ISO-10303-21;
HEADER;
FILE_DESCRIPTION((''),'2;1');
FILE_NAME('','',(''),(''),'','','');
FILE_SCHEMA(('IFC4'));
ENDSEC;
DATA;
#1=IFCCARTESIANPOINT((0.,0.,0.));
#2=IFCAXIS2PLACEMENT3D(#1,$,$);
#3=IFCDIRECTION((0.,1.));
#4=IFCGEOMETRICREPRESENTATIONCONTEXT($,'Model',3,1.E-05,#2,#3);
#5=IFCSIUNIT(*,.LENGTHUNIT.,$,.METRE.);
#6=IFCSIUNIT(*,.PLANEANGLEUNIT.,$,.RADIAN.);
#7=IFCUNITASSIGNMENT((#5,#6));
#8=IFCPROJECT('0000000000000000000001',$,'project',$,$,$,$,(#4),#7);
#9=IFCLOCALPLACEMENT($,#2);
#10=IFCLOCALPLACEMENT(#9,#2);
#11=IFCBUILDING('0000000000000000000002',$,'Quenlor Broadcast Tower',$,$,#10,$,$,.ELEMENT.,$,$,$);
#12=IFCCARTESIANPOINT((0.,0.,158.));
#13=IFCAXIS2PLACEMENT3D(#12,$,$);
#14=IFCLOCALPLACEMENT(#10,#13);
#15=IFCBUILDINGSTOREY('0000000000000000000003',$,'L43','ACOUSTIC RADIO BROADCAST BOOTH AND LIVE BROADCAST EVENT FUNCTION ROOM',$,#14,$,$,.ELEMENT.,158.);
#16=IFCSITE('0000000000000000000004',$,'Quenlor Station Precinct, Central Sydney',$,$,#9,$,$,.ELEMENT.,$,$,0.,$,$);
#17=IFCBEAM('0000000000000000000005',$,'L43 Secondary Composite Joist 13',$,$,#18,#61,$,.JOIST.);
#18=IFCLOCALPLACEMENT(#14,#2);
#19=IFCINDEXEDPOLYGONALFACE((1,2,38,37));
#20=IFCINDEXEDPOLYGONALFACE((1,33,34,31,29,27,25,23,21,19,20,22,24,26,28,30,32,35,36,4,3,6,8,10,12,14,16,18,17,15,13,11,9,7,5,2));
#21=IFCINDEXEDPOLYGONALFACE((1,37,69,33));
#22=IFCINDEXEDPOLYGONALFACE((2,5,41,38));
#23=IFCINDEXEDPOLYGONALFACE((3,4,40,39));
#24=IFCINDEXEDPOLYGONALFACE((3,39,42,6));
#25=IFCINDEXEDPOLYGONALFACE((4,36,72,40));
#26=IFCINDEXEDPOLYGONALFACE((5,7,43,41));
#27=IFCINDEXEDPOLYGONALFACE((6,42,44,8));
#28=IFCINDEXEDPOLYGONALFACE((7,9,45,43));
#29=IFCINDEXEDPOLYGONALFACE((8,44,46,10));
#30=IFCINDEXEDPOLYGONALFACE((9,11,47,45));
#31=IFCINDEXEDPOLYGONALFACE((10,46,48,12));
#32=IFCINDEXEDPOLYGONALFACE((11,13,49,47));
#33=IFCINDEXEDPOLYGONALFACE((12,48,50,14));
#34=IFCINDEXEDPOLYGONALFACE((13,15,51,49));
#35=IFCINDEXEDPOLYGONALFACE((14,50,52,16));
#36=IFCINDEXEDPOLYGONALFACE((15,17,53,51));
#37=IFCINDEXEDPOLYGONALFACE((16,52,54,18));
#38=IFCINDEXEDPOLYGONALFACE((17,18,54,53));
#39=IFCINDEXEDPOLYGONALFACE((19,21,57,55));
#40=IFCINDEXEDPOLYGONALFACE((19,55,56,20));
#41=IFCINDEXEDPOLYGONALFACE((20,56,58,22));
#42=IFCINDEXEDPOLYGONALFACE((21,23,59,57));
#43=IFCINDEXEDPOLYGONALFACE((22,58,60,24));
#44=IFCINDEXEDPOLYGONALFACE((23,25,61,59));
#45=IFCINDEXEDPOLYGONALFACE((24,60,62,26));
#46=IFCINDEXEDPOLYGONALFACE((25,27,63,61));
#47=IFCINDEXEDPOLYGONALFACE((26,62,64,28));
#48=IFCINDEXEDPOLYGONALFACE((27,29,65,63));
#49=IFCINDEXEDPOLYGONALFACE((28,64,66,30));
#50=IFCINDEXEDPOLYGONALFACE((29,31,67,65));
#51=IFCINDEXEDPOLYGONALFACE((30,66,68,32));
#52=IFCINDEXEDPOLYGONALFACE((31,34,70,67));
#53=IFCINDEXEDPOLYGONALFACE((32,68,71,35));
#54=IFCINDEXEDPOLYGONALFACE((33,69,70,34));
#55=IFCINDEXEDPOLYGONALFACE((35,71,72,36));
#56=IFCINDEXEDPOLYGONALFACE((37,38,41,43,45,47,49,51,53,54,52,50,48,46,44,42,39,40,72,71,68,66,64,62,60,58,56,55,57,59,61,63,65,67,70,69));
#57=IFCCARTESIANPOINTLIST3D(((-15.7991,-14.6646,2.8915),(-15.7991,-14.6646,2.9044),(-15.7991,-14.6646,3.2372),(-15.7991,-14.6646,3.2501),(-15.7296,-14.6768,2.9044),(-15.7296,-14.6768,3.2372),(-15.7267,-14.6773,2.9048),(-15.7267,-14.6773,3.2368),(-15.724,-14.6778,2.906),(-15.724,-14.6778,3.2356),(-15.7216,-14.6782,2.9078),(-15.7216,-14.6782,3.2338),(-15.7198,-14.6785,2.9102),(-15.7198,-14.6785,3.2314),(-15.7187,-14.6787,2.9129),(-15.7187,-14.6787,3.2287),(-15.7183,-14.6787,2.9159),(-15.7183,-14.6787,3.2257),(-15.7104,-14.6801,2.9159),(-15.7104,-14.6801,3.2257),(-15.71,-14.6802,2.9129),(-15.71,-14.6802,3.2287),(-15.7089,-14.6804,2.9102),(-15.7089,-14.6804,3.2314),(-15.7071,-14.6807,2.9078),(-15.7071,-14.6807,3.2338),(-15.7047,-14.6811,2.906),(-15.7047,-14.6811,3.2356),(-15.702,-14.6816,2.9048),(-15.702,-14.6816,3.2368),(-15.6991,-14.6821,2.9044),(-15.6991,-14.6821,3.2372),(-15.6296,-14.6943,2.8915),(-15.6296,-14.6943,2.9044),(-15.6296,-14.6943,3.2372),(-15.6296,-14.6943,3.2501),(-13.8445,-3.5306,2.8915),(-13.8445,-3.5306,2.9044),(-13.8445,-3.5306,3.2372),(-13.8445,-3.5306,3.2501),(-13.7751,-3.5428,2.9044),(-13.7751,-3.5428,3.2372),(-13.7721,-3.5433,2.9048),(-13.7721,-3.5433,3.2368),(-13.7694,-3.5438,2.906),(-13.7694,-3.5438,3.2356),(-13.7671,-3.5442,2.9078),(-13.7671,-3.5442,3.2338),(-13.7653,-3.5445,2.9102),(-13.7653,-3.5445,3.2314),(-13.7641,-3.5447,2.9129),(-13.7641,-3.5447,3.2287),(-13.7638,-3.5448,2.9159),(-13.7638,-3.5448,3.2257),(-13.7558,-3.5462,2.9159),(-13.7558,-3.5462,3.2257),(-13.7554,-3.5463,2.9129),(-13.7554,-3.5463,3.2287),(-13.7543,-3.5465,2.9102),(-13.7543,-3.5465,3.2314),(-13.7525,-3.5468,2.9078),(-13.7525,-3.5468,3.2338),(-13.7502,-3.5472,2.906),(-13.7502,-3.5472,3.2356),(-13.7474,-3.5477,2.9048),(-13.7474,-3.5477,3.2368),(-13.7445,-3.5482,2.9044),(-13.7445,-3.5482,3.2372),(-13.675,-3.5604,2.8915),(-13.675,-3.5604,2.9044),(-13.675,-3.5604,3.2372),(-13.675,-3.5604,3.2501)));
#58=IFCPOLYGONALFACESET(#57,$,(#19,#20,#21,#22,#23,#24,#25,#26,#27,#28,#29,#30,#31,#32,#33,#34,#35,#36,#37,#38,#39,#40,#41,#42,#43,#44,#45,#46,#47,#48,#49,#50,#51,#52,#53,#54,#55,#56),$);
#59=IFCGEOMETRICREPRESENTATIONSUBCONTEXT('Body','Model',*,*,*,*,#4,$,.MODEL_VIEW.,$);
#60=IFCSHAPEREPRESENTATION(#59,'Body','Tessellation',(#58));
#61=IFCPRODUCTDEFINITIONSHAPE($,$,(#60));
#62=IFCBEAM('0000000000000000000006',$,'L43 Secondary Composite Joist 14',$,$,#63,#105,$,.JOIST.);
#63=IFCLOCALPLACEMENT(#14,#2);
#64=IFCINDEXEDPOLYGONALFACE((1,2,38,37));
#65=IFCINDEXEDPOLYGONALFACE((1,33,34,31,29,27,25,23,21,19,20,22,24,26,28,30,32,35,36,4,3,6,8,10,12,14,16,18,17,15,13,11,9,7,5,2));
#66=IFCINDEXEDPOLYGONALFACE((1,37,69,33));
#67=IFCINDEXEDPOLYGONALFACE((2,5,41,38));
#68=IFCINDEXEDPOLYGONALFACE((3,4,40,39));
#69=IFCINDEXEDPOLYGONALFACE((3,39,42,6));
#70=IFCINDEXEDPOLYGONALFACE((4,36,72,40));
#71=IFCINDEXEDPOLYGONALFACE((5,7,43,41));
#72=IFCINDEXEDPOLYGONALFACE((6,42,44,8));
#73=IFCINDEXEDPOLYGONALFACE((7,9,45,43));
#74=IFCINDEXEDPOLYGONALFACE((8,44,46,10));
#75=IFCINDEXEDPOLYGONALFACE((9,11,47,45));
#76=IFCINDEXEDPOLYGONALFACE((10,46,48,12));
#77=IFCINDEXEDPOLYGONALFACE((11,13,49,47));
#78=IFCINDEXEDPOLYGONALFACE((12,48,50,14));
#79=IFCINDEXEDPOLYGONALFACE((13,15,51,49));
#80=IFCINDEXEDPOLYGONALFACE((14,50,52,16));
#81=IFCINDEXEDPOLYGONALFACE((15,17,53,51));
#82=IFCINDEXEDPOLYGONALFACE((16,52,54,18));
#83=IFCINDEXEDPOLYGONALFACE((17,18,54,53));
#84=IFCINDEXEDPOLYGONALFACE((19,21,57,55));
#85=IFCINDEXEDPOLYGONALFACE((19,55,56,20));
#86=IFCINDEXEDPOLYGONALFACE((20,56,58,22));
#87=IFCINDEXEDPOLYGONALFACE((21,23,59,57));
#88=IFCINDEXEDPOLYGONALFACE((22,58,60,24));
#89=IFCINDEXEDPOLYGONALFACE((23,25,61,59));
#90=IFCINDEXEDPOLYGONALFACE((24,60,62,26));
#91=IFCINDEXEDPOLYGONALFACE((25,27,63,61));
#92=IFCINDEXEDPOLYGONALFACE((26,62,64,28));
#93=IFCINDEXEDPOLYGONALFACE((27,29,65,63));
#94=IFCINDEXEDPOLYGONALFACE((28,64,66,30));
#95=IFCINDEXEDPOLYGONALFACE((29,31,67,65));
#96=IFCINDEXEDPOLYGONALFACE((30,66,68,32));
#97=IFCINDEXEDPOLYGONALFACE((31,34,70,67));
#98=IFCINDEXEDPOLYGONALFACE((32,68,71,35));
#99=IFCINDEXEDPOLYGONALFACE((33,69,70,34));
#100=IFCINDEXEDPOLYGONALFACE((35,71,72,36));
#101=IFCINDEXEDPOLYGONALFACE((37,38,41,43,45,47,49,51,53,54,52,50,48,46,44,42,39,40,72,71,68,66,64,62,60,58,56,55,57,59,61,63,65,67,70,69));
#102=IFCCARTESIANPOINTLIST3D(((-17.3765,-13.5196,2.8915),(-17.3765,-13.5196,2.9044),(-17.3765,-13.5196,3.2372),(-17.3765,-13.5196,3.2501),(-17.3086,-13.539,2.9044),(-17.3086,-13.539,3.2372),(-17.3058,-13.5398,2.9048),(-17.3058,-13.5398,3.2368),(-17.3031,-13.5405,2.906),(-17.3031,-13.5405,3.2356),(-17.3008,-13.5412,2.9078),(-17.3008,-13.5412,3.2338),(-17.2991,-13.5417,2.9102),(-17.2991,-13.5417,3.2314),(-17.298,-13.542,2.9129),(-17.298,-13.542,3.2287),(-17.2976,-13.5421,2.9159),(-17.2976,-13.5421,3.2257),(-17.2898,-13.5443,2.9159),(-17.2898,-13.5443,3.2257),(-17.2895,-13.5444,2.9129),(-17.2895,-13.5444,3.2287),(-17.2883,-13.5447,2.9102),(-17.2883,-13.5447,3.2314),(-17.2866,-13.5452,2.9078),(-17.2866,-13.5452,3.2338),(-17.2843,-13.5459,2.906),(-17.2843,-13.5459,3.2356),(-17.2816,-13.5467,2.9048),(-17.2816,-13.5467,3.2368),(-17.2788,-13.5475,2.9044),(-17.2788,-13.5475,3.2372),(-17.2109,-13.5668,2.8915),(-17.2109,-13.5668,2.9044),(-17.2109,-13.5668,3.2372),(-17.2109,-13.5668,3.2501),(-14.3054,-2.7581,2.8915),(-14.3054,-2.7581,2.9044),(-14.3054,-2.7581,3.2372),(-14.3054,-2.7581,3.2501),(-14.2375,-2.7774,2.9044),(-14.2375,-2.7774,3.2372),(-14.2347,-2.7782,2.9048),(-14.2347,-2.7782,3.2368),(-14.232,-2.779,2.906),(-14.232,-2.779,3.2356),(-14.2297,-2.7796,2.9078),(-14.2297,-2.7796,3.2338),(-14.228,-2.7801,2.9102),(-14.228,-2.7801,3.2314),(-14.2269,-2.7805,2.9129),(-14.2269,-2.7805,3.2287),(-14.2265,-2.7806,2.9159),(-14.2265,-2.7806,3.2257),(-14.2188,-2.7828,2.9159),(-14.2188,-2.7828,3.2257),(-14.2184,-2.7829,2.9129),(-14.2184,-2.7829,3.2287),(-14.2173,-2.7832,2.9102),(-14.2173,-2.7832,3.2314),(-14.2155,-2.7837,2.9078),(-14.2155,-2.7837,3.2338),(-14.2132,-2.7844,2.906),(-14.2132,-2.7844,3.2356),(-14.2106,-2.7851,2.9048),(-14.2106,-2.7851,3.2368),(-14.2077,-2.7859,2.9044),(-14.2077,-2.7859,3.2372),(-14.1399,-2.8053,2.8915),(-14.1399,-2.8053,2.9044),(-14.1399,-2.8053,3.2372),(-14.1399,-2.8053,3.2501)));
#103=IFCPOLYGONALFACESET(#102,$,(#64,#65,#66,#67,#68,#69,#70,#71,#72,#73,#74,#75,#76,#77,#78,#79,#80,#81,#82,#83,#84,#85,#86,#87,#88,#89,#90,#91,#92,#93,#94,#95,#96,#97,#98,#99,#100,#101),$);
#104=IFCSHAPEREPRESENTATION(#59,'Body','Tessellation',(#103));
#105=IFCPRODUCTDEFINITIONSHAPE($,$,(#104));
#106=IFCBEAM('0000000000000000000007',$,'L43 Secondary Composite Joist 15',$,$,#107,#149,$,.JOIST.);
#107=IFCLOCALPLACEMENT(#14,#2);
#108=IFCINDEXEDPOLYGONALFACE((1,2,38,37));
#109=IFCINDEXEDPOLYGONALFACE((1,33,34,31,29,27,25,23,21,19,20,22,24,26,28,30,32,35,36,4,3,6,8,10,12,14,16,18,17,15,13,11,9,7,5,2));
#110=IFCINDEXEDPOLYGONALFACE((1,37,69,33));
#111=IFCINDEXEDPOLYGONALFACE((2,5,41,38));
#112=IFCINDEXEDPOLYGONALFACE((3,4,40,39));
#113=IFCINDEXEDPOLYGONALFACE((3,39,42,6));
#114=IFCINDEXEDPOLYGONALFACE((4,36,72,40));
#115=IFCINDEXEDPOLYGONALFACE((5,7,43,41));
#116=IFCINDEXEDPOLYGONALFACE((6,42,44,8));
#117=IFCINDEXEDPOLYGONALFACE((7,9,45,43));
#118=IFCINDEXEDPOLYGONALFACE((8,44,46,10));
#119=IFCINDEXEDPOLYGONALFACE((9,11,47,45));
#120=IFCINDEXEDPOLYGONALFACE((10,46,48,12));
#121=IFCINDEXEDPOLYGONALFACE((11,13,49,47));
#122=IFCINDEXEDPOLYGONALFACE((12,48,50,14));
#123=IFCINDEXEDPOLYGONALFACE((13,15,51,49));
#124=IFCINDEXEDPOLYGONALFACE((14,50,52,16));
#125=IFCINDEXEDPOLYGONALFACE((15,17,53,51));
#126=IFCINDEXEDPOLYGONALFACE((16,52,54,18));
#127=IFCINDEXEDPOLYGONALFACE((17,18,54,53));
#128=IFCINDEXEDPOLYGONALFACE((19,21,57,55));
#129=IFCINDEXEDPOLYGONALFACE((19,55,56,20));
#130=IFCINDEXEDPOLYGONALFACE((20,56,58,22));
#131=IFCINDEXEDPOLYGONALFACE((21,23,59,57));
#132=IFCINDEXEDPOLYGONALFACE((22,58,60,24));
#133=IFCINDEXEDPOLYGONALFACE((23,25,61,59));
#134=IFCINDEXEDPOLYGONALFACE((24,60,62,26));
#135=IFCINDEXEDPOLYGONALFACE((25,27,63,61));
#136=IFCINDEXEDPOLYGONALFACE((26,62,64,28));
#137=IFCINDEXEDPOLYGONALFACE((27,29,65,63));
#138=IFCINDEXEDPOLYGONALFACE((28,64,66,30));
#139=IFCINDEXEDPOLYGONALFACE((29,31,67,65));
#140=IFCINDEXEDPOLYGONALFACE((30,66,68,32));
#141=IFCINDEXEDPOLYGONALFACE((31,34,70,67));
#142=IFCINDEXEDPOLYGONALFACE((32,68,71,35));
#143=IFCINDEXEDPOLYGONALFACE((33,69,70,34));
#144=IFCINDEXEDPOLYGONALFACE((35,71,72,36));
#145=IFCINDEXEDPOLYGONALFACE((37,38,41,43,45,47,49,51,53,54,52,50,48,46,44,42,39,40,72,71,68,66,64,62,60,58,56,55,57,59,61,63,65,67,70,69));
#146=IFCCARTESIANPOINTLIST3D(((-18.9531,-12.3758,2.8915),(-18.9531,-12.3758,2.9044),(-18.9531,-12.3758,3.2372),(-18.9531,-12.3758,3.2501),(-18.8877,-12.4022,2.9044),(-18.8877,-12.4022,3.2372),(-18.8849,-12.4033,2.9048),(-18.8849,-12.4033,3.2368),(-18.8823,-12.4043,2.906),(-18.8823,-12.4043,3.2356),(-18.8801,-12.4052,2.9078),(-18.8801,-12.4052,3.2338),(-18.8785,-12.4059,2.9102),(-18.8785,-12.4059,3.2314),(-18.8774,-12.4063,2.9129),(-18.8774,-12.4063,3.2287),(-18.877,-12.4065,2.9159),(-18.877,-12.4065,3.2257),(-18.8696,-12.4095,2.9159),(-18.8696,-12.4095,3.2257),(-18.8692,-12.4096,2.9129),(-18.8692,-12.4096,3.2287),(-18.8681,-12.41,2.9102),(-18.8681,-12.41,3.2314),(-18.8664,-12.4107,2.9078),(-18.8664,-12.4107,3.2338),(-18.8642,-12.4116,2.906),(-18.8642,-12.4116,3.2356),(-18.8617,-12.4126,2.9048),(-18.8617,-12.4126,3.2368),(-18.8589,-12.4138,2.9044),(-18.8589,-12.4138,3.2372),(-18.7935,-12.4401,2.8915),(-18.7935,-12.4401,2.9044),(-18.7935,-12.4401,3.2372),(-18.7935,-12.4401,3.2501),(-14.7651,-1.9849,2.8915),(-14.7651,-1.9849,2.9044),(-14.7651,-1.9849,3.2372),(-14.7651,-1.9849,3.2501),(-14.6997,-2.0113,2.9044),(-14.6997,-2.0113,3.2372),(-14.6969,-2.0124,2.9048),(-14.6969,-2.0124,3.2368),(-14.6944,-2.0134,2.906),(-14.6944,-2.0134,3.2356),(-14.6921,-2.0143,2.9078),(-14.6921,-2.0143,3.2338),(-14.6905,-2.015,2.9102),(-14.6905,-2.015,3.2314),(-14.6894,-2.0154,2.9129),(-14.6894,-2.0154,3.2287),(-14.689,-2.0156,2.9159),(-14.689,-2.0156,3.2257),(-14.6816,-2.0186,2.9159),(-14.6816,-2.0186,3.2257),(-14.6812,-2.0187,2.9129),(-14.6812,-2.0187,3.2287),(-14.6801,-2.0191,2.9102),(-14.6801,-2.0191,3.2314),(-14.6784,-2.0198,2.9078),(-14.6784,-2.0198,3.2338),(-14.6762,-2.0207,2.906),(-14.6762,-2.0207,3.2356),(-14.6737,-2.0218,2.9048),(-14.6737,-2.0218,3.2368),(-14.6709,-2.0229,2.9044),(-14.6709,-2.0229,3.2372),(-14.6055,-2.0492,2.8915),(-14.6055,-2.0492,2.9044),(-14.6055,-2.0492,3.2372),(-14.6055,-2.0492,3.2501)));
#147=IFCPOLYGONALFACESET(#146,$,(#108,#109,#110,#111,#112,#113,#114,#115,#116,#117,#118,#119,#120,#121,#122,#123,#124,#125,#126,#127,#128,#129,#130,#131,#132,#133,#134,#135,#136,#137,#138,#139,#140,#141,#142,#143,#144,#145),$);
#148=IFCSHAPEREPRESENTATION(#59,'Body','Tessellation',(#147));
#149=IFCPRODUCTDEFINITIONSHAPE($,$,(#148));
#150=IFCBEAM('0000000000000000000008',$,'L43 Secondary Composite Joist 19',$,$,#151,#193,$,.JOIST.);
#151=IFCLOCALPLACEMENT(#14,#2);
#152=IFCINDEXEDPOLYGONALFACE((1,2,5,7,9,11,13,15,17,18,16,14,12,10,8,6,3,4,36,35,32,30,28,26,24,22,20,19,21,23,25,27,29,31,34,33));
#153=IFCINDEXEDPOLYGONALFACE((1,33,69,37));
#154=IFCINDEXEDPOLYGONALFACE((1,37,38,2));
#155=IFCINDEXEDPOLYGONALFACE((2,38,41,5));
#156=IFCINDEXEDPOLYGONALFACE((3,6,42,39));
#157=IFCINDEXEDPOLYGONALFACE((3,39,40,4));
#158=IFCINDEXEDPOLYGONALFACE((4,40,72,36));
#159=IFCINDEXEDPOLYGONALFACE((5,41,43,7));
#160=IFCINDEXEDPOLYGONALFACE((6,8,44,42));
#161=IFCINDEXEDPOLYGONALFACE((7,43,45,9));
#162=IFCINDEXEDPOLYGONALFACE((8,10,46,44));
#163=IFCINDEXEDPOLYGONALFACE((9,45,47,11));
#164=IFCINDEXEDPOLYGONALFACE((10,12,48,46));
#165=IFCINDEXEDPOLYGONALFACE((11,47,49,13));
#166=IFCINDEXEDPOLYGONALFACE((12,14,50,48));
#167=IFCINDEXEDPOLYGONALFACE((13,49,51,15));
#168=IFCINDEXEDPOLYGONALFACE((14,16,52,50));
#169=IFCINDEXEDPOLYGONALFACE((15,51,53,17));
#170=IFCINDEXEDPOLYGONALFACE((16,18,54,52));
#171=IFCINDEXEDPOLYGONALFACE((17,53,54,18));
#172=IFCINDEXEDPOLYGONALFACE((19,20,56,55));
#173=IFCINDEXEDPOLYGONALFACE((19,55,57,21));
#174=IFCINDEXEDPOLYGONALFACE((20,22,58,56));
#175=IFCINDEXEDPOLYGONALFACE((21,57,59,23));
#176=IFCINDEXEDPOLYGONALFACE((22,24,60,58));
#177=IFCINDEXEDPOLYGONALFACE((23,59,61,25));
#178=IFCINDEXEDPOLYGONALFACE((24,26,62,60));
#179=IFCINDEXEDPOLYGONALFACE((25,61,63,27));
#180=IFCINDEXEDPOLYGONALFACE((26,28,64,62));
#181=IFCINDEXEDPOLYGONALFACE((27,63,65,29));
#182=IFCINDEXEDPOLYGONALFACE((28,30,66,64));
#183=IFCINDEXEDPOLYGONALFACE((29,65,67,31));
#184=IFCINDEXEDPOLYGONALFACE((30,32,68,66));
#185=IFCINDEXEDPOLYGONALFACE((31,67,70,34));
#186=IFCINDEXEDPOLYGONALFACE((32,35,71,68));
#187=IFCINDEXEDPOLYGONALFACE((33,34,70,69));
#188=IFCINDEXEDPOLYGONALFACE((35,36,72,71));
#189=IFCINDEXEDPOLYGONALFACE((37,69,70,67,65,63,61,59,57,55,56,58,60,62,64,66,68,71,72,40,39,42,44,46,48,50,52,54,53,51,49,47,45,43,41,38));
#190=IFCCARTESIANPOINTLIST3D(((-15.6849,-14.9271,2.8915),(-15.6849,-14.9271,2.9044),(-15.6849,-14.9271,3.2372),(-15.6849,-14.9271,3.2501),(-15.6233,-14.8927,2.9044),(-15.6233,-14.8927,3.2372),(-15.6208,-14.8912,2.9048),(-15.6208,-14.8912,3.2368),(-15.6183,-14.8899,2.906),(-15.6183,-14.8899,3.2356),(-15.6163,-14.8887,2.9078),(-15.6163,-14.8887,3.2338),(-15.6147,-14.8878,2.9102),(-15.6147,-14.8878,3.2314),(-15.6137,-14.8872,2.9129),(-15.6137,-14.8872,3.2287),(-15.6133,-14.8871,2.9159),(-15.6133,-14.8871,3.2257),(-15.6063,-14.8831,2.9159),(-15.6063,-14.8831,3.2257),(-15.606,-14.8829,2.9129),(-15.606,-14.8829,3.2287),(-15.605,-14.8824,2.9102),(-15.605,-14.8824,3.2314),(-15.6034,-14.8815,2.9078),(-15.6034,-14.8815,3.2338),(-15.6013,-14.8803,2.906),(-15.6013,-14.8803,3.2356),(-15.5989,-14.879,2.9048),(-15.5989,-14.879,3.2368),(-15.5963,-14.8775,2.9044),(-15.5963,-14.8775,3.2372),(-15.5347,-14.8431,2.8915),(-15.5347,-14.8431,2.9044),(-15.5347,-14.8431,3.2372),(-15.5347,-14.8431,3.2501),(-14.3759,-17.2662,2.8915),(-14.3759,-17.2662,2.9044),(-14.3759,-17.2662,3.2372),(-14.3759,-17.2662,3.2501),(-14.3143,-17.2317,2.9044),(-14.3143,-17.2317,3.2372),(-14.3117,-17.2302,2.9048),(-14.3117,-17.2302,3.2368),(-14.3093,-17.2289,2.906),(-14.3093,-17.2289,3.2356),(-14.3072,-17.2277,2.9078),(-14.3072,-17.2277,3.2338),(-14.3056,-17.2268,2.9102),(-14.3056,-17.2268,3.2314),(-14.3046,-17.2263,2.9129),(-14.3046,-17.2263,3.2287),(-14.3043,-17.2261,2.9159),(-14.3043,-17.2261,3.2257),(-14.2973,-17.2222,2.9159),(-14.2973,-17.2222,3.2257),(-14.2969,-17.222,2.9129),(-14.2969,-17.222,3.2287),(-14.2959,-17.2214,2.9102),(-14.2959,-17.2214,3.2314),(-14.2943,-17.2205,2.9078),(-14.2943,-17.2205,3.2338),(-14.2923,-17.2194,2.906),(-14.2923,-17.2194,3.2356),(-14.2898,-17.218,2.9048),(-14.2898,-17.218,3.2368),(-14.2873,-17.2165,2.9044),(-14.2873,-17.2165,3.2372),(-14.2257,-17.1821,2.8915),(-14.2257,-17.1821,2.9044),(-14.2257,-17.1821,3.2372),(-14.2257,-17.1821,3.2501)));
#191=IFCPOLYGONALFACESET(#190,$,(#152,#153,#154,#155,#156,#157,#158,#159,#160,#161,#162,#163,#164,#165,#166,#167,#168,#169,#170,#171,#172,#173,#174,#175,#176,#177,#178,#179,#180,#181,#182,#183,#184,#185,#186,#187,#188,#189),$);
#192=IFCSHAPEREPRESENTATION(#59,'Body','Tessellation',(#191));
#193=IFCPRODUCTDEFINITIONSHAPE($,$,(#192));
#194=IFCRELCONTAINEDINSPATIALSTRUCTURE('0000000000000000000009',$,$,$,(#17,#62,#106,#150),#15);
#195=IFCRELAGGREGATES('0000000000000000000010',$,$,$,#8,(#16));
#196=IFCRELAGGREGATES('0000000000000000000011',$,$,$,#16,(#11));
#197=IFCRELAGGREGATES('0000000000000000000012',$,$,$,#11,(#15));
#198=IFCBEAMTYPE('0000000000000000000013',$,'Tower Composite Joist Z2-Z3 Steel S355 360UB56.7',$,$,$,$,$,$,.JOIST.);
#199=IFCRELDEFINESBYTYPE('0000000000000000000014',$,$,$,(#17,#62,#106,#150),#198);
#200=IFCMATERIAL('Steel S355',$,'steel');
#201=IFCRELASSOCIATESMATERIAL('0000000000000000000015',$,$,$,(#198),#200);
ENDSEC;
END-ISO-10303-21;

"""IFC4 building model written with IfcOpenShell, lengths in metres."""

from ifc_helpers import new_model, si_unit, direction, frame, origin, origin_2d, place, context, subcontext, project, spatial, i_section, extrude, material, material_profile, profile_set, type_object, element, save


model = new_model("IFC4")

# Units and contexts
model_context = context("Model", 3, precision=1e-05, world=origin(), true_north=direction((0.0, 1.0)))
body_context = subcontext(model_context, "Body", "Model", "MODEL_VIEW")
ifc_project = project(units=[si_unit("LENGTHUNIT", "METRE"), si_unit("PLANEANGLEUNIT", "RADIAN")], contexts=[model_context])

# Site, building, storey
site_placement = place(None, origin())
site = spatial("IfcSite", under=ifc_project, at=site_placement, Name="Quenlor Station Precinct, Central Sydney", CompositionType="ELEMENT", RefElevation=0.0)
building_placement = place(site_placement, origin())
building = spatial("IfcBuilding", under=site, at=building_placement, Name="Quenlor Broadcast Tower", CompositionType="ELEMENT")
storey_placement = place(building_placement, frame((0.0, 0.0, 158.0)))
storey = spatial("IfcBuildingStorey", under=building, at=storey_placement, Name="L43", Description="ACOUSTIC RADIO BROADCAST BOOTH AND LIVE BROADCAST EVENT FUNCTION ROOM", CompositionType="ELEMENT", Elevation=158.0)

# Beams
ifc_material_1 = material(Name="Steel S355", Category="steel")
ifc_material_profile_1 = material_profile(ifc_material_1, i_section(OverallWidth=0.1721, OverallDepth=0.3586, WebThickness=0.0081, FlangeThickness=0.0129, FilletRadius=0.0115, at=origin_2d()))
ifc_profile_set_1 = profile_set([ifc_material_profile_1], Name="Steel S355 360UB56.7")
beam_type_1 = type_object("IfcBeamType", Name="Tower Composite Joist Z2-Z3 Steel S355 360UB56.7", PredefinedType="JOIST", material=ifc_profile_set_1)
beam_1_placement = place(storey_placement, frame((-15.7144, -14.6794, 3.0708), z_axis=(0.172907, 0.984938, 0.0), x_axis=(-0.984938, 0.172907, 0.0)))
element("IfcBeam", 1, at=beam_1_placement, inside=storey, type_object=beam_type_1, Name="L43 Secondary Composite Joist 13", PredefinedType="JOIST", context=body_context, shape_type="SweptSolid", body=[
    extrude(i_section(OverallWidth=0.1721, OverallDepth=0.3586, WebThickness=0.0081, FlangeThickness=0.0129, FilletRadius=0.0115, at=origin_2d()), origin(), (0.0, 0.0, 1.0), 11.3042),
])
beam_2_placement = place(storey_placement, frame((-17.2937, -13.5432, 3.0708), z_axis=(0.274419, 0.96161, 0.0), x_axis=(-0.96161, 0.274419, 0.0)))
element("IfcBeam", 2, at=beam_2_placement, inside=storey, type_object=beam_type_1, Name="L43 Secondary Composite Joist 14", PredefinedType="JOIST", context=body_context, shape_type="SweptSolid", body=[
    extrude(i_section(OverallWidth=0.1721, OverallDepth=0.3586, WebThickness=0.0081, FlangeThickness=0.0129, FilletRadius=0.0115, at=origin_2d()), origin(), (0.0, 0.0, 1.0), 11.1912),
])
beam_3_placement = place(storey_placement, frame((-18.8733, -12.408, 3.0708), z_axis=(0.373824, 0.9275, 0.0), x_axis=(-0.9275, 0.373824, 0.0)))
element("IfcBeam", 3, at=beam_3_placement, inside=storey, type_object=beam_type_1, Name="L43 Secondary Composite Joist 15", PredefinedType="JOIST", context=body_context, shape_type="SweptSolid", body=[
    extrude(i_section(OverallWidth=0.1721, OverallDepth=0.3586, WebThickness=0.0081, FlangeThickness=0.0129, FilletRadius=0.0115, at=origin_2d()), origin(), (0.0, 0.0, 1.0), 11.2031),
])
beam_4_placement = place(storey_placement, frame((-14.3008, -17.2241, 3.0708), z_axis=(-0.48837, 0.872636, 0.0), x_axis=(-0.872636, -0.48837, 0.0)))
element("IfcBeam", 4, at=beam_4_placement, inside=storey, type_object=beam_type_1, Name="L43 Secondary Composite Joist 19", PredefinedType="JOIST", context=body_context, shape_type="SweptSolid", body=[
    extrude(i_section(OverallWidth=0.1721, OverallDepth=0.3586, WebThickness=0.0081, FlangeThickness=0.0129, FilletRadius=0.0115, at=origin_2d()), origin(), (0.0, 0.0, 1.0), 2.6804),
])

save(model, "model.ifc")
